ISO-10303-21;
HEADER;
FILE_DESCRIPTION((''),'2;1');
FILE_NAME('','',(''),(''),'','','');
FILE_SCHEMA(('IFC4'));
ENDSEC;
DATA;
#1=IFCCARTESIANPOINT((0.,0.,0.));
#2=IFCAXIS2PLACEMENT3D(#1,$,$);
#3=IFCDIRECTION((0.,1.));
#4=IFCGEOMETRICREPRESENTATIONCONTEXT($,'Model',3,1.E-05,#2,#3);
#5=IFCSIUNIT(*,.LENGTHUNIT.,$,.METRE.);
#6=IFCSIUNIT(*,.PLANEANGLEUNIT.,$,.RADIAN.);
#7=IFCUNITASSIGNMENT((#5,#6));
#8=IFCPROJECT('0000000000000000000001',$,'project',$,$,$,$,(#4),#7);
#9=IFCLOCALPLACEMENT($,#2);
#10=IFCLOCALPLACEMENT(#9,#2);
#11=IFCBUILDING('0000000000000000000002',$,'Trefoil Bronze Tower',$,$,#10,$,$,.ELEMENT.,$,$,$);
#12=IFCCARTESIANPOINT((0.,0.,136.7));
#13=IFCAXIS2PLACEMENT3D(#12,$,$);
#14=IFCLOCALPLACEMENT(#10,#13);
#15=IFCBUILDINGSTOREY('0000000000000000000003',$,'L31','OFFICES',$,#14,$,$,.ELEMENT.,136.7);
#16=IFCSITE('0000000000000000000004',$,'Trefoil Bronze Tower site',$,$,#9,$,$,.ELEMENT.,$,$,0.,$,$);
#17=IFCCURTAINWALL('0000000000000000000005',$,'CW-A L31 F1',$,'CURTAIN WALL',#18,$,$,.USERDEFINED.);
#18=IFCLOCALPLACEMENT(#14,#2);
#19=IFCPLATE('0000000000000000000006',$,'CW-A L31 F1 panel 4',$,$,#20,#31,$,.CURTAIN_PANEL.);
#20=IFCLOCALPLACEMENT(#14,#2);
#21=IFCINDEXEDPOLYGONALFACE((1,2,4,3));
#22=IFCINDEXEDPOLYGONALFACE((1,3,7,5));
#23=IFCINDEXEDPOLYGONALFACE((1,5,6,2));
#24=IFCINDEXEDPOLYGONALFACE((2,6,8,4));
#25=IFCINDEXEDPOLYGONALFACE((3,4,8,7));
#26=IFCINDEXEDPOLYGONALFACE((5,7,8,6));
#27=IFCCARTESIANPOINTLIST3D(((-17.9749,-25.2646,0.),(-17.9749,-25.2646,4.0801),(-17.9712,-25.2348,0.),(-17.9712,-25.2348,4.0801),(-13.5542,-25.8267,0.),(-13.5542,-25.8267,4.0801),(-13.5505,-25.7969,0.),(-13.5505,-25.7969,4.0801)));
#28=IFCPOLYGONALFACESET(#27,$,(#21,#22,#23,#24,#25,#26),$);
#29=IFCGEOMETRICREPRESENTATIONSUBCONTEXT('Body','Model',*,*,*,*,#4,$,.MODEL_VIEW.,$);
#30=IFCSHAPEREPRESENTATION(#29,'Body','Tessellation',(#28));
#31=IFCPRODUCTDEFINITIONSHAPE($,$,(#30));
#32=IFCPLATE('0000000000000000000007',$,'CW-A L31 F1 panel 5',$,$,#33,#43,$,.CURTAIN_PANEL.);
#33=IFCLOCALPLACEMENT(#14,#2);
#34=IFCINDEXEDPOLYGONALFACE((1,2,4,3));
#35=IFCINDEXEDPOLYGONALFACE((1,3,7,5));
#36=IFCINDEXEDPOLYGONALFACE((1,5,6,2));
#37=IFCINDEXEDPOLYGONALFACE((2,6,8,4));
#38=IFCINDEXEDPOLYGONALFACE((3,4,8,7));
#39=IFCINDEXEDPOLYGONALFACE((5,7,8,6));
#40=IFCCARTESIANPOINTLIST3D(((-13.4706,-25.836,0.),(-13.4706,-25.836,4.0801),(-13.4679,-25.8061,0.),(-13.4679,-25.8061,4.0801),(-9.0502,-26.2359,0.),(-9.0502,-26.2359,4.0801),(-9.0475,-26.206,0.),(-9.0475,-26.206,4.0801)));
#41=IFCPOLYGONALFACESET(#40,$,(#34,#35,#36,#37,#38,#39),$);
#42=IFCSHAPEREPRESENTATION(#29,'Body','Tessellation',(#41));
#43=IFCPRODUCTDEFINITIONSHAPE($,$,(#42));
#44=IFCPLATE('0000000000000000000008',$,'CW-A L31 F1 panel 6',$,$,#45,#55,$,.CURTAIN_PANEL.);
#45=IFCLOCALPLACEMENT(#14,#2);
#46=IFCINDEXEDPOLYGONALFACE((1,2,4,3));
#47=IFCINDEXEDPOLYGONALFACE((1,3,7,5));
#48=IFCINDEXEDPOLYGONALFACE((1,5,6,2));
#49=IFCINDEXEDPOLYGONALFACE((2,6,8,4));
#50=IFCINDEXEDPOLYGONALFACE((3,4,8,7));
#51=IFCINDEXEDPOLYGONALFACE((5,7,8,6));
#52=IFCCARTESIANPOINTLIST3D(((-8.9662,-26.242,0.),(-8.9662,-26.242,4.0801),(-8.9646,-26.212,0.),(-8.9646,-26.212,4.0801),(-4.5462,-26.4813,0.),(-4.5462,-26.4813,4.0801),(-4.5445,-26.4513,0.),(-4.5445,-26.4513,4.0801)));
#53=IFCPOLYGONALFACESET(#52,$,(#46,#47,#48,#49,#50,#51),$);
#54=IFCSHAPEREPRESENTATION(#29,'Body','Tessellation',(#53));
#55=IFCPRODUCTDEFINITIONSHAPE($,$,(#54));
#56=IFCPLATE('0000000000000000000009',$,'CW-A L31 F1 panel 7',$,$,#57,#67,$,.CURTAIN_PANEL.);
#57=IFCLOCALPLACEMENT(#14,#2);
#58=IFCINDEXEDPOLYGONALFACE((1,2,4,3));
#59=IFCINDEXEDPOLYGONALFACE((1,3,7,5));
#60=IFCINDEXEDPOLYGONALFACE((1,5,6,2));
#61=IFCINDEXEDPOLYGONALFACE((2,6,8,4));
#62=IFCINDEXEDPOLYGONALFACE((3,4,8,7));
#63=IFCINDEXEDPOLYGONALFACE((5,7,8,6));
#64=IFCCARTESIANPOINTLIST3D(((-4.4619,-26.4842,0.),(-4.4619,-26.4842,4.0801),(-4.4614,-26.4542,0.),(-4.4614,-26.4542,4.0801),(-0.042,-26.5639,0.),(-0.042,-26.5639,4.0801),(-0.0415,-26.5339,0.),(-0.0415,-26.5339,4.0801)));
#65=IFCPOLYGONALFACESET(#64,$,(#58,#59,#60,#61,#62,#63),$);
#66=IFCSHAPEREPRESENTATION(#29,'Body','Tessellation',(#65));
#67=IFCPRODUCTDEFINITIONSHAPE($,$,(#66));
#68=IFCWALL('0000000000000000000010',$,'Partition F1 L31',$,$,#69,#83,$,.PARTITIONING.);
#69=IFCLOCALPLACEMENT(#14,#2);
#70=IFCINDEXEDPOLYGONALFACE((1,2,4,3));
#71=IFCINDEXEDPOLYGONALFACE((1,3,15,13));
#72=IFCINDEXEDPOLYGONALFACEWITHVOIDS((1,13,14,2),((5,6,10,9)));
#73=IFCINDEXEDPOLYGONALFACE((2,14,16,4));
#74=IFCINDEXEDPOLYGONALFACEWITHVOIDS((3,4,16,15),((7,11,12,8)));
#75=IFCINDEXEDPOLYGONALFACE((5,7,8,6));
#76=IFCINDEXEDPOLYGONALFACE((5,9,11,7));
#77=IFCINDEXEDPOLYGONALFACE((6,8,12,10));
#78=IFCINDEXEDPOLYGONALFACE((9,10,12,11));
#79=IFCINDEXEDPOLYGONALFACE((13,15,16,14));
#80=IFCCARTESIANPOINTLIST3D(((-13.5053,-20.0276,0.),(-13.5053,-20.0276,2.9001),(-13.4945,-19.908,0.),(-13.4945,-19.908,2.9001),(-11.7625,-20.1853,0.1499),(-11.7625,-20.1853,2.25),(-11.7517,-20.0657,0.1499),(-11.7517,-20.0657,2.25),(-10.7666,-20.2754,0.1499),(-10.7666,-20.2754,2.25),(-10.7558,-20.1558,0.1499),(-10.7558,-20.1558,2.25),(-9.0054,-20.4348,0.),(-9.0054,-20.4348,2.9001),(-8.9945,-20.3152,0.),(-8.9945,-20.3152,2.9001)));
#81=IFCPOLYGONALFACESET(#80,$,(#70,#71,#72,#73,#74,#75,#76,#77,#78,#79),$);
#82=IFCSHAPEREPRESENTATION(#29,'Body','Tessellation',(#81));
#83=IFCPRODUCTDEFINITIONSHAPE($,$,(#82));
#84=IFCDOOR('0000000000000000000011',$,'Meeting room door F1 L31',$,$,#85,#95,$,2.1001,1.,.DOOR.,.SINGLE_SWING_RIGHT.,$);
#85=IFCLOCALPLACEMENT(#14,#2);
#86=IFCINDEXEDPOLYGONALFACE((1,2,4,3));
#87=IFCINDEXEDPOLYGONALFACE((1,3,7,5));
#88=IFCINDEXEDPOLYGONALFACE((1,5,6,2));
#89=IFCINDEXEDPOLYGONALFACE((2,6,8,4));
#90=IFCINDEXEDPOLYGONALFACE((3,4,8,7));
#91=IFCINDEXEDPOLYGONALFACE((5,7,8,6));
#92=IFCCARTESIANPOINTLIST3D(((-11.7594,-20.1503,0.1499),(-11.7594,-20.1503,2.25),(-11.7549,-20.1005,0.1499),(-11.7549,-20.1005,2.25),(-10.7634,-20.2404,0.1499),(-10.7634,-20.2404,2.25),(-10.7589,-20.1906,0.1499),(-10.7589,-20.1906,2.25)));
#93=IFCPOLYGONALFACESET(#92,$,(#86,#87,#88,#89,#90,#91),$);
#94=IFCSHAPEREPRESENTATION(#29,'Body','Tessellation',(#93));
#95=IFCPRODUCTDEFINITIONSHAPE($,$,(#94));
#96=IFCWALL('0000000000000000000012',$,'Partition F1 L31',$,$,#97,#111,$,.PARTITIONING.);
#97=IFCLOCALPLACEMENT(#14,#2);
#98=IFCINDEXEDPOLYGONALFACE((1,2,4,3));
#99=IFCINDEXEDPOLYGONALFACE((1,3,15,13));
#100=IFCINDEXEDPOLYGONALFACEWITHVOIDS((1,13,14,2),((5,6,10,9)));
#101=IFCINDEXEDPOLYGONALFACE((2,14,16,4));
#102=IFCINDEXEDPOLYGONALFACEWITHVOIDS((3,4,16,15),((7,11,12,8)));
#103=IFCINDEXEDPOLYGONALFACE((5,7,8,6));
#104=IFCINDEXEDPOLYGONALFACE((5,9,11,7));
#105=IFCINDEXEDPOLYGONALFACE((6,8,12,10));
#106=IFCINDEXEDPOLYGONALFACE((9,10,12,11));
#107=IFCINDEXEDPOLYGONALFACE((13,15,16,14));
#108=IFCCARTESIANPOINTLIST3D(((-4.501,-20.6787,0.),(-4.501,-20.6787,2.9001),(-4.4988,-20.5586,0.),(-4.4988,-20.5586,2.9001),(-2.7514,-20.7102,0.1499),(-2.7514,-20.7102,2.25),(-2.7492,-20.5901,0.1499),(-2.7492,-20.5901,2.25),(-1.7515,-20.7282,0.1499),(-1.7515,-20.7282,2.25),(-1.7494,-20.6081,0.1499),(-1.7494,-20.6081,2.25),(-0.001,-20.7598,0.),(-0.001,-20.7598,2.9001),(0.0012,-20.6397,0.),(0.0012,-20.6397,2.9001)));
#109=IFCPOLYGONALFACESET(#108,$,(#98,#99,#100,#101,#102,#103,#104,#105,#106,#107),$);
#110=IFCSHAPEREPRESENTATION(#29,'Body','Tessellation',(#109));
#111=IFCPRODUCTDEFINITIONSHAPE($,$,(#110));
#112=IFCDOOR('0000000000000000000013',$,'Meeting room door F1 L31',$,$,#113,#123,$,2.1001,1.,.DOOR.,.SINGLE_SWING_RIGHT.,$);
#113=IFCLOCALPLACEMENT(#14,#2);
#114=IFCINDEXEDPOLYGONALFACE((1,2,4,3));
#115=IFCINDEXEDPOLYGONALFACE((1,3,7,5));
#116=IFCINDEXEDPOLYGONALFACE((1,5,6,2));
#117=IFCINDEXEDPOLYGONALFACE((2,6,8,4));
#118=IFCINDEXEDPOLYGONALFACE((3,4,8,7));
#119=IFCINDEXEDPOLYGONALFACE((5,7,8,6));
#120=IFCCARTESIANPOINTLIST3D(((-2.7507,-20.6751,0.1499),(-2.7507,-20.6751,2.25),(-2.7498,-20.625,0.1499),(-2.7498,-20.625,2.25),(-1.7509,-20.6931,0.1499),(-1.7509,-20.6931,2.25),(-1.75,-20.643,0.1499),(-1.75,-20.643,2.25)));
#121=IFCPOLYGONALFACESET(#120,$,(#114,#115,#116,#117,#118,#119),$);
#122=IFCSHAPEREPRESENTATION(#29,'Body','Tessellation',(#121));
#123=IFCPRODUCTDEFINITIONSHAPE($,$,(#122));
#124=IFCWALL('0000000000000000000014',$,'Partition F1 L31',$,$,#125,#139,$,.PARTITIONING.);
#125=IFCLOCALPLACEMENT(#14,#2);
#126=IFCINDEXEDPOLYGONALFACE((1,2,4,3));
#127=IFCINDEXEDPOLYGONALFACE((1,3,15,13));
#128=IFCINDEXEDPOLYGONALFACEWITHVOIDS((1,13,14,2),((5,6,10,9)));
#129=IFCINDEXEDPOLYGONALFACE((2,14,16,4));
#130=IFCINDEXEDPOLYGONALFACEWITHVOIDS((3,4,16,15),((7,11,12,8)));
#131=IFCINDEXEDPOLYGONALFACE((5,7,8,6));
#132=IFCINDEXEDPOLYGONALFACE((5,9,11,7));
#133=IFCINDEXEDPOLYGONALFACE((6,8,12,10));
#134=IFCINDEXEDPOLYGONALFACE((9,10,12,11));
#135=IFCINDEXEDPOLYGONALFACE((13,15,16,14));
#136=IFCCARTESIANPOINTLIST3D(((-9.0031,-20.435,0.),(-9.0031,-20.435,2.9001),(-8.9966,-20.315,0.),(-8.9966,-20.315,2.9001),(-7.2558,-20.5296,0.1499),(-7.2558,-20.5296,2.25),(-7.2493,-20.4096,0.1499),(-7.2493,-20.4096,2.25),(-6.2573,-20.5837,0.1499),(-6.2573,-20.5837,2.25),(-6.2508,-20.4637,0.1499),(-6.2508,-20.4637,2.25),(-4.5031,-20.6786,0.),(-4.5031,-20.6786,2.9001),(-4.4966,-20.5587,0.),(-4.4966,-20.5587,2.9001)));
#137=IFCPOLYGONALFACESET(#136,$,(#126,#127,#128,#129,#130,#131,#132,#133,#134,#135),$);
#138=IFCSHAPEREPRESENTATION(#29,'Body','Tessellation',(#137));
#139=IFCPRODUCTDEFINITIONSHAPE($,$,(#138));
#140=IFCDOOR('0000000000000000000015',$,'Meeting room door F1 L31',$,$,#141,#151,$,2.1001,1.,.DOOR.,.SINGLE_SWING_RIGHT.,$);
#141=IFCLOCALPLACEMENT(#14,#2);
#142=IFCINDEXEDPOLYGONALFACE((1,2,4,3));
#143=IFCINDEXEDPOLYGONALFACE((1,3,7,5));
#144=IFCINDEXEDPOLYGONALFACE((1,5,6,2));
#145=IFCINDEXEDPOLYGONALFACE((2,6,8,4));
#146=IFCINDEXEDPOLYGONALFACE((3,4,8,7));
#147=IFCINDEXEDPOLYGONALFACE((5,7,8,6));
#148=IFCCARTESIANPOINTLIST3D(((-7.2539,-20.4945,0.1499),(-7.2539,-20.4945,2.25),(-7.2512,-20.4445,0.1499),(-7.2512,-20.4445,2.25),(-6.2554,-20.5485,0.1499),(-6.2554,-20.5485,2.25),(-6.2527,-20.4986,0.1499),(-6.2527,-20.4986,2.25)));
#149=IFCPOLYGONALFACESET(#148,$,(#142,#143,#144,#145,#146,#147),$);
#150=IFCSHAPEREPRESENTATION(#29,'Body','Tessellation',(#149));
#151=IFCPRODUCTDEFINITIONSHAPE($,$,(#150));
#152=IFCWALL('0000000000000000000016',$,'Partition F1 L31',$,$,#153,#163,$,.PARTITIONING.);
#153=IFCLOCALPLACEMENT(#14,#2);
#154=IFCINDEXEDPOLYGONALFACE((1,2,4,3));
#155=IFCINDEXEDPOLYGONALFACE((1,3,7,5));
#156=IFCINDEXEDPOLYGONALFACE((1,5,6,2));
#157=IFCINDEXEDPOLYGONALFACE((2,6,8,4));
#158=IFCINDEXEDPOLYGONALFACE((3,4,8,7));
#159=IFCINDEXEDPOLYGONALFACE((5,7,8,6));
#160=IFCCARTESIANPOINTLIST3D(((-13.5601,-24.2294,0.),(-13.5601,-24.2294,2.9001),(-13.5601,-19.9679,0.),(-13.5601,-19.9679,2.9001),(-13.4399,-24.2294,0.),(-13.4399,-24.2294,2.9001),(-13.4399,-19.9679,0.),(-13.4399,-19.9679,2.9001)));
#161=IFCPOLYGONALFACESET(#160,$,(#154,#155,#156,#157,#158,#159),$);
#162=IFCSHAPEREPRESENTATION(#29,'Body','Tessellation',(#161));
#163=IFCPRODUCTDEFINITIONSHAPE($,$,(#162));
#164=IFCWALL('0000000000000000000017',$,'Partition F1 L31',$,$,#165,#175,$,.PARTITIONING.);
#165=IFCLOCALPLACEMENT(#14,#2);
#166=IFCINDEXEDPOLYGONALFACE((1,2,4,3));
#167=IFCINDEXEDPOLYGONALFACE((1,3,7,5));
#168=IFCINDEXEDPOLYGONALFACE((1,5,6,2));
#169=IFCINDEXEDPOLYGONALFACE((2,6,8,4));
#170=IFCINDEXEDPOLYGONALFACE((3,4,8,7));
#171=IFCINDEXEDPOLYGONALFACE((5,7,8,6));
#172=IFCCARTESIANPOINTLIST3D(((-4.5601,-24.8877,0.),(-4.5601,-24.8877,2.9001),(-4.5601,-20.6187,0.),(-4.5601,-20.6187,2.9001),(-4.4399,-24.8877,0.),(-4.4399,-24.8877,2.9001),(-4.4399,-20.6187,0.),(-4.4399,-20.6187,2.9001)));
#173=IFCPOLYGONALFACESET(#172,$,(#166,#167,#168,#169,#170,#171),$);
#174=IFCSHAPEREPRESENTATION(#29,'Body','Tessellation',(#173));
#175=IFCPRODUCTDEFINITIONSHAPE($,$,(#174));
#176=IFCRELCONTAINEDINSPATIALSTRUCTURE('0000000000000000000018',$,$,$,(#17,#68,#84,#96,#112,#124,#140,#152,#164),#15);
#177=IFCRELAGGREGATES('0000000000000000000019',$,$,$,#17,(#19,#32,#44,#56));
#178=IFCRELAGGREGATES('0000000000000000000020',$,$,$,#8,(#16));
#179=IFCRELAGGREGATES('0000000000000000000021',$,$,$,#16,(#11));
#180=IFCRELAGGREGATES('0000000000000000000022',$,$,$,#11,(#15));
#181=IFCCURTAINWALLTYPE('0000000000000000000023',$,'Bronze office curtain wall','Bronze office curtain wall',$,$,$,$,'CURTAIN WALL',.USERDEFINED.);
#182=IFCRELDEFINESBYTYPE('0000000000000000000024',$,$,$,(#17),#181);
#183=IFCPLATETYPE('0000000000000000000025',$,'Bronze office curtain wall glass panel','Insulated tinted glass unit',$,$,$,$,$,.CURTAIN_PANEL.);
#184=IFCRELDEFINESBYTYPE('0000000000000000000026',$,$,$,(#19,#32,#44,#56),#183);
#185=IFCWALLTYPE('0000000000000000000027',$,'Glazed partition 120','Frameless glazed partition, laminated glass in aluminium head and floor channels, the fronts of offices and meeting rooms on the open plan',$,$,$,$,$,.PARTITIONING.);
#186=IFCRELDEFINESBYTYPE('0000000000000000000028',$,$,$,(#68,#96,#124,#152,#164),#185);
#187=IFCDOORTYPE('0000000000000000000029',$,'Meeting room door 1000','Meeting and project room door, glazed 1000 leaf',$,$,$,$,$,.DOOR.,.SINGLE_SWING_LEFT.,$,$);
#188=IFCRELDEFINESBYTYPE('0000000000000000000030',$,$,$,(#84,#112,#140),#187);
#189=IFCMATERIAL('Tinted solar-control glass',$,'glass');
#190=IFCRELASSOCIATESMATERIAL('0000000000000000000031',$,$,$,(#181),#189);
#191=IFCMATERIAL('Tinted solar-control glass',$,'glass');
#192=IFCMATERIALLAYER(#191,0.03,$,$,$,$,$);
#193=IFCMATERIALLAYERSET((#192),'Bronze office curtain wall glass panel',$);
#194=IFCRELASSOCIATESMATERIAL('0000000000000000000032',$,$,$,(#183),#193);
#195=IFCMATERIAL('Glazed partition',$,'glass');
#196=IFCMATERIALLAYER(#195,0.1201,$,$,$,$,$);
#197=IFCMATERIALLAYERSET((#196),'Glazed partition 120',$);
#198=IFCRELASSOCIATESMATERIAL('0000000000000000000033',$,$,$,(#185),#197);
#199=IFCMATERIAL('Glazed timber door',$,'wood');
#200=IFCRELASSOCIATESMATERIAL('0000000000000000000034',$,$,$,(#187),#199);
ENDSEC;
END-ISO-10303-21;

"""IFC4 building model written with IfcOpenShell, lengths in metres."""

from ifc_helpers import new_model, si_unit, direction, frame, frame_2d, origin, origin_2d, place, context, subcontext, project, spatial, rectangle, extrude, material, layer, layer_set, type_object, element, fill, aggregate, save


model = new_model("IFC4")

# Units and contexts
model_context = context("Model", 3, precision=1e-05, world=origin(), true_north=direction((0.0, 1.0)))
body_context = subcontext(model_context, "Body", "Model", "MODEL_VIEW")
ifc_project = project(units=[si_unit("LENGTHUNIT", "METRE"), si_unit("PLANEANGLEUNIT", "RADIAN")], contexts=[model_context])

# Site, building, storey
site_placement = place(None, origin())
site = spatial("IfcSite", under=ifc_project, at=site_placement, Name="Trefoil Bronze Tower site", CompositionType="ELEMENT", RefElevation=0.0)
building_placement = place(site_placement, origin())
building = spatial("IfcBuilding", under=site, at=building_placement, Name="Trefoil Bronze Tower", CompositionType="ELEMENT")
storey_placement = place(building_placement, frame((0.0, 0.0, 136.7)))
storey = spatial("IfcBuildingStorey", under=building, at=storey_placement, Name="L31", Description="OFFICES", CompositionType="ELEMENT", Elevation=136.7)

# Curtain wall
ifc_material_1 = material(Name="Tinted solar-control glass", Category="glass")
curtain_wall_type = type_object("IfcCurtainWallType", Name="Bronze office curtain wall", Description="Bronze office curtain wall", ElementType="CURTAIN WALL", PredefinedType="USERDEFINED", material=ifc_material_1)
curtain_wall_placement = place(storey_placement, origin())
curtain_wall = element("IfcCurtainWall", 1, at=curtain_wall_placement, inside=storey, type_object=curtain_wall_type, Name="CW-A L31 F1", ObjectType="CURTAIN WALL", PredefinedType="USERDEFINED")

# Plates
ifc_material_2 = material(Name="Tinted solar-control glass", Category="glass")
ifc_layer_1 = layer(ifc_material_2, 0.03)
ifc_layer_set_1 = layer_set([ifc_layer_1], Name="Bronze office curtain wall glass panel")
plate_type = type_object("IfcPlateType", Name="Bronze office curtain wall glass panel", Description="Insulated tinted glass unit", PredefinedType="CURTAIN_PANEL", material=ifc_layer_set_1)
plate_1_placement = place(storey_placement, frame((-15.7627, -25.5308, 0.0), z_axis=(0.0, 0.0, 1.0), x_axis=(0.992012, -0.126147, 0.0)))
plate_1 = element("IfcPlate", 2, at=plate_1_placement, type_object=plate_type, Name="CW-A L31 F1 panel 4", PredefinedType="CURTAIN_PANEL", context=body_context, shape_type="SweptSolid", body=[
    extrude(rectangle(XDim=4.4563, YDim=0.03, at=origin_2d()), origin(), (0.0, 0.0, 1.0), 4.0801),
])
plate_2_placement = place(storey_placement, frame((-11.259, -26.021, 0.0), z_axis=(0.0, 0.0, 1.0), x_axis=(0.995932, -0.090105, 0.0)))
plate_2 = element("IfcPlate", 3, at=plate_2_placement, type_object=plate_type, Name="CW-A L31 F1 panel 5", PredefinedType="CURTAIN_PANEL", context=body_context, shape_type="SweptSolid", body=[
    extrude(rectangle(XDim=4.4385, YDim=0.03, at=origin_2d()), origin(), (0.0, 0.0, 1.0), 4.0801),
])
plate_3_placement = place(storey_placement, frame((-6.7554, -26.3467, 0.0), z_axis=(0.0, 0.0, 1.0), x_axis=(0.998538, -0.054063, 0.0)))
plate_3 = element("IfcPlate", 4, at=plate_3_placement, type_object=plate_type, Name="CW-A L31 F1 panel 6", PredefinedType="CURTAIN_PANEL", context=body_context, shape_type="SweptSolid", body=[
    extrude(rectangle(XDim=4.4265, YDim=0.03, at=origin_2d()), origin(), (0.0, 0.0, 1.0), 4.0801),
])
plate_4_placement = place(storey_placement, frame((-2.2517, -26.509, 0.0), z_axis=(0.0, 0.0, 1.0), x_axis=(0.999838, -0.018021, 0.0)))
plate_4 = element("IfcPlate", 5, at=plate_4_placement, type_object=plate_type, Name="CW-A L31 F1 panel 7", PredefinedType="CURTAIN_PANEL", context=body_context, shape_type="SweptSolid", body=[
    extrude(rectangle(XDim=4.4207, YDim=0.03, at=origin_2d()), origin(), (0.0, 0.0, 1.0), 4.0801),
])
aggregate(curtain_wall, [plate_1, plate_2, plate_3, plate_4])

# Walls, openings, doors
ifc_material_3 = material(Name="Glazed partition", Category="glass")
ifc_layer_2 = layer(ifc_material_3, 0.1201)
ifc_layer_set_2 = layer_set([ifc_layer_2], Name="Glazed partition 120")
wall_type = type_object("IfcWallType", Name="Glazed partition 120", Description="Frameless glazed partition, laminated glass in aluminium head and floor channels, the fronts of offices and meeting rooms on the open plan", PredefinedType="PARTITIONING", material=ifc_layer_set_2)
wall_1_placement = place(storey_placement, frame((-13.5, -19.9678, 0.0), z_axis=(0.0, 0.0, 1.0), x_axis=(0.99593, -0.090127, 0.0)))
wall_1 = element("IfcWall", 6, at=wall_1_placement, inside=storey, type_object=wall_type, Name="Partition F1 L31", PredefinedType="PARTITIONING", context=body_context, shape_type="SweptSolid", body=[
    extrude(rectangle(XDim=4.5183, YDim=0.1201, at=frame_2d((2.2593, 0.0))), origin(), (0.0, 0.0, 1.0), 2.9001),
])
opening_1_placement = place(wall_1_placement, frame((1.75, 0.0, 0.1499)))
opening_1 = element("IfcOpeningElement", 7, at=opening_1_placement, cuts=wall_1, PredefinedType="OPENING", context=body_context, shape_type="SweptSolid", body=[
    extrude(rectangle(XDim=1.0, YDim=2.1001, at=frame_2d((0.5, 1.05))), frame((0.0, 0.0701, 0.0), z_axis=(0.0, -1.0, 0.0), x_axis=(1.0, 0.0, 0.0)), (0.0, 0.0, 1.0), 0.1401),
])
ifc_material_4 = material(Name="Glazed timber door", Category="wood")
door_type = type_object("IfcDoorType", Name="Meeting room door 1000", Description="Meeting and project room door, glazed 1000 leaf", OperationType="SINGLE_SWING_LEFT", PredefinedType="DOOR", material=ifc_material_4)
door_1_placement = place(opening_1_placement, frame((1.0, 0.0, 0.0), z_axis=(0.0, 0.0, 1.0), x_axis=(-1.0, 0.0, 0.0)))
door_1 = element("IfcDoor", 8, at=door_1_placement, inside=storey, type_object=door_type, Name="Meeting room door F1 L31", OperationType="SINGLE_SWING_RIGHT", OverallHeight=2.1001, OverallWidth=1.0, PredefinedType="DOOR", context=body_context, shape_type="SweptSolid", body=[
    extrude(rectangle(XDim=1.0, YDim=2.1001, at=frame_2d((0.5, 1.05))), frame((0.0, 0.0249, 0.0), z_axis=(0.0, -1.0, 0.0), x_axis=(1.0, 0.0, 0.0)), (0.0, 0.0, 1.0), 0.05),
])
fill(opening_1, door_1)
wall_2_placement = place(storey_placement, frame((-4.5, -20.6187, 0.0), z_axis=(0.0, 0.0, 1.0), x_axis=(0.999838, -0.018009, 0.0)))
wall_2 = element("IfcWall", 9, at=wall_2_placement, inside=storey, type_object=wall_type, Name="Partition F1 L31", PredefinedType="PARTITIONING", context=body_context, shape_type="SweptSolid", body=[
    extrude(rectangle(XDim=4.5007, YDim=0.1201, at=frame_2d((2.2505, 0.0))), origin(), (0.0, 0.0, 1.0), 2.9001),
])
opening_2_placement = place(wall_2_placement, frame((1.75, 0.0, 0.1499)))
opening_2 = element("IfcOpeningElement", 10, at=opening_2_placement, cuts=wall_2, PredefinedType="OPENING", context=body_context, shape_type="SweptSolid", body=[
    extrude(rectangle(XDim=1.0, YDim=2.1001, at=frame_2d((0.5, 1.05))), frame((0.0, 0.0701, 0.0), z_axis=(0.0, -1.0, 0.0), x_axis=(1.0, 0.0, 0.0)), (0.0, 0.0, 1.0), 0.1401),
])
door_2_placement = place(opening_2_placement, frame((1.0, 0.0, 0.0), z_axis=(0.0, 0.0, 1.0), x_axis=(-1.0, 0.0, 0.0)))
door_2 = element("IfcDoor", 11, at=door_2_placement, inside=storey, type_object=door_type, Name="Meeting room door F1 L31", OperationType="SINGLE_SWING_RIGHT", OverallHeight=2.1001, OverallWidth=1.0, PredefinedType="DOOR", context=body_context, shape_type="SweptSolid", body=[
    extrude(rectangle(XDim=1.0, YDim=2.1001, at=frame_2d((0.5, 1.05))), frame((0.0, 0.0249, 0.0), z_axis=(0.0, -1.0, 0.0), x_axis=(1.0, 0.0, 0.0)), (0.0, 0.0, 1.0), 0.05),
])
fill(opening_2, door_2)
wall_3_placement = place(storey_placement, frame((-9.0, -20.375, 0.0), z_axis=(0.0, 0.0, 1.0), x_axis=(0.998537, -0.054066, 0.0)))
wall_3 = element("IfcWall", 12, at=wall_3_placement, inside=storey, type_object=wall_type, Name="Partition F1 L31", PredefinedType="PARTITIONING", context=body_context, shape_type="SweptSolid", body=[
    extrude(rectangle(XDim=4.5066, YDim=0.1201, at=frame_2d((2.2534, 0.0))), origin(), (0.0, 0.0, 1.0), 2.9001),
])
opening_3_placement = place(wall_3_placement, frame((1.75, 0.0, 0.1499)))
opening_3 = element("IfcOpeningElement", 13, at=opening_3_placement, cuts=wall_3, PredefinedType="OPENING", context=body_context, shape_type="SweptSolid", body=[
    extrude(rectangle(XDim=1.0, YDim=2.1001, at=frame_2d((0.5, 1.05))), frame((0.0, 0.0701, 0.0), z_axis=(0.0, -1.0, 0.0), x_axis=(1.0, 0.0, 0.0)), (0.0, 0.0, 1.0), 0.1401),
])
door_3_placement = place(opening_3_placement, frame((1.0, 0.0, 0.0), z_axis=(0.0, 0.0, 1.0), x_axis=(-1.0, 0.0, 0.0)))
door_3 = element("IfcDoor", 14, at=door_3_placement, inside=storey, type_object=door_type, Name="Meeting room door F1 L31", OperationType="SINGLE_SWING_RIGHT", OverallHeight=2.1001, OverallWidth=1.0, PredefinedType="DOOR", context=body_context, shape_type="SweptSolid", body=[
    extrude(rectangle(XDim=1.0, YDim=2.1001, at=frame_2d((0.5, 1.05))), frame((0.0, 0.0249, 0.0), z_axis=(0.0, -1.0, 0.0), x_axis=(1.0, 0.0, 0.0)), (0.0, 0.0, 1.0), 0.05),
])
fill(opening_3, door_3)

# Walls
wall_4_placement = place(storey_placement, frame((-13.5, -19.9678, 0.0), z_axis=(0.0, 0.0, 1.0), x_axis=(0.0, -1.0, 0.0)))
element("IfcWall", 15, at=wall_4_placement, inside=storey, type_object=wall_type, Name="Partition F1 L31", PredefinedType="PARTITIONING", context=body_context, shape_type="SweptSolid", body=[
    extrude(rectangle(XDim=4.2615, YDim=0.1201, at=frame_2d((2.1309, 0.0))), origin(), (0.0, 0.0, 1.0), 2.9001),
])
wall_5_placement = place(storey_placement, frame((-4.5, -20.6187, 0.0), z_axis=(0.0, 0.0, 1.0), x_axis=(0.0, -1.0, 0.0)))
element("IfcWall", 16, at=wall_5_placement, inside=storey, type_object=wall_type, Name="Partition F1 L31", PredefinedType="PARTITIONING", context=body_context, shape_type="SweptSolid", body=[
    extrude(rectangle(XDim=4.269, YDim=0.1201, at=frame_2d((2.1345, 0.0))), origin(), (0.0, 0.0, 1.0), 2.9001),
])

save(model, "model.ifc")
